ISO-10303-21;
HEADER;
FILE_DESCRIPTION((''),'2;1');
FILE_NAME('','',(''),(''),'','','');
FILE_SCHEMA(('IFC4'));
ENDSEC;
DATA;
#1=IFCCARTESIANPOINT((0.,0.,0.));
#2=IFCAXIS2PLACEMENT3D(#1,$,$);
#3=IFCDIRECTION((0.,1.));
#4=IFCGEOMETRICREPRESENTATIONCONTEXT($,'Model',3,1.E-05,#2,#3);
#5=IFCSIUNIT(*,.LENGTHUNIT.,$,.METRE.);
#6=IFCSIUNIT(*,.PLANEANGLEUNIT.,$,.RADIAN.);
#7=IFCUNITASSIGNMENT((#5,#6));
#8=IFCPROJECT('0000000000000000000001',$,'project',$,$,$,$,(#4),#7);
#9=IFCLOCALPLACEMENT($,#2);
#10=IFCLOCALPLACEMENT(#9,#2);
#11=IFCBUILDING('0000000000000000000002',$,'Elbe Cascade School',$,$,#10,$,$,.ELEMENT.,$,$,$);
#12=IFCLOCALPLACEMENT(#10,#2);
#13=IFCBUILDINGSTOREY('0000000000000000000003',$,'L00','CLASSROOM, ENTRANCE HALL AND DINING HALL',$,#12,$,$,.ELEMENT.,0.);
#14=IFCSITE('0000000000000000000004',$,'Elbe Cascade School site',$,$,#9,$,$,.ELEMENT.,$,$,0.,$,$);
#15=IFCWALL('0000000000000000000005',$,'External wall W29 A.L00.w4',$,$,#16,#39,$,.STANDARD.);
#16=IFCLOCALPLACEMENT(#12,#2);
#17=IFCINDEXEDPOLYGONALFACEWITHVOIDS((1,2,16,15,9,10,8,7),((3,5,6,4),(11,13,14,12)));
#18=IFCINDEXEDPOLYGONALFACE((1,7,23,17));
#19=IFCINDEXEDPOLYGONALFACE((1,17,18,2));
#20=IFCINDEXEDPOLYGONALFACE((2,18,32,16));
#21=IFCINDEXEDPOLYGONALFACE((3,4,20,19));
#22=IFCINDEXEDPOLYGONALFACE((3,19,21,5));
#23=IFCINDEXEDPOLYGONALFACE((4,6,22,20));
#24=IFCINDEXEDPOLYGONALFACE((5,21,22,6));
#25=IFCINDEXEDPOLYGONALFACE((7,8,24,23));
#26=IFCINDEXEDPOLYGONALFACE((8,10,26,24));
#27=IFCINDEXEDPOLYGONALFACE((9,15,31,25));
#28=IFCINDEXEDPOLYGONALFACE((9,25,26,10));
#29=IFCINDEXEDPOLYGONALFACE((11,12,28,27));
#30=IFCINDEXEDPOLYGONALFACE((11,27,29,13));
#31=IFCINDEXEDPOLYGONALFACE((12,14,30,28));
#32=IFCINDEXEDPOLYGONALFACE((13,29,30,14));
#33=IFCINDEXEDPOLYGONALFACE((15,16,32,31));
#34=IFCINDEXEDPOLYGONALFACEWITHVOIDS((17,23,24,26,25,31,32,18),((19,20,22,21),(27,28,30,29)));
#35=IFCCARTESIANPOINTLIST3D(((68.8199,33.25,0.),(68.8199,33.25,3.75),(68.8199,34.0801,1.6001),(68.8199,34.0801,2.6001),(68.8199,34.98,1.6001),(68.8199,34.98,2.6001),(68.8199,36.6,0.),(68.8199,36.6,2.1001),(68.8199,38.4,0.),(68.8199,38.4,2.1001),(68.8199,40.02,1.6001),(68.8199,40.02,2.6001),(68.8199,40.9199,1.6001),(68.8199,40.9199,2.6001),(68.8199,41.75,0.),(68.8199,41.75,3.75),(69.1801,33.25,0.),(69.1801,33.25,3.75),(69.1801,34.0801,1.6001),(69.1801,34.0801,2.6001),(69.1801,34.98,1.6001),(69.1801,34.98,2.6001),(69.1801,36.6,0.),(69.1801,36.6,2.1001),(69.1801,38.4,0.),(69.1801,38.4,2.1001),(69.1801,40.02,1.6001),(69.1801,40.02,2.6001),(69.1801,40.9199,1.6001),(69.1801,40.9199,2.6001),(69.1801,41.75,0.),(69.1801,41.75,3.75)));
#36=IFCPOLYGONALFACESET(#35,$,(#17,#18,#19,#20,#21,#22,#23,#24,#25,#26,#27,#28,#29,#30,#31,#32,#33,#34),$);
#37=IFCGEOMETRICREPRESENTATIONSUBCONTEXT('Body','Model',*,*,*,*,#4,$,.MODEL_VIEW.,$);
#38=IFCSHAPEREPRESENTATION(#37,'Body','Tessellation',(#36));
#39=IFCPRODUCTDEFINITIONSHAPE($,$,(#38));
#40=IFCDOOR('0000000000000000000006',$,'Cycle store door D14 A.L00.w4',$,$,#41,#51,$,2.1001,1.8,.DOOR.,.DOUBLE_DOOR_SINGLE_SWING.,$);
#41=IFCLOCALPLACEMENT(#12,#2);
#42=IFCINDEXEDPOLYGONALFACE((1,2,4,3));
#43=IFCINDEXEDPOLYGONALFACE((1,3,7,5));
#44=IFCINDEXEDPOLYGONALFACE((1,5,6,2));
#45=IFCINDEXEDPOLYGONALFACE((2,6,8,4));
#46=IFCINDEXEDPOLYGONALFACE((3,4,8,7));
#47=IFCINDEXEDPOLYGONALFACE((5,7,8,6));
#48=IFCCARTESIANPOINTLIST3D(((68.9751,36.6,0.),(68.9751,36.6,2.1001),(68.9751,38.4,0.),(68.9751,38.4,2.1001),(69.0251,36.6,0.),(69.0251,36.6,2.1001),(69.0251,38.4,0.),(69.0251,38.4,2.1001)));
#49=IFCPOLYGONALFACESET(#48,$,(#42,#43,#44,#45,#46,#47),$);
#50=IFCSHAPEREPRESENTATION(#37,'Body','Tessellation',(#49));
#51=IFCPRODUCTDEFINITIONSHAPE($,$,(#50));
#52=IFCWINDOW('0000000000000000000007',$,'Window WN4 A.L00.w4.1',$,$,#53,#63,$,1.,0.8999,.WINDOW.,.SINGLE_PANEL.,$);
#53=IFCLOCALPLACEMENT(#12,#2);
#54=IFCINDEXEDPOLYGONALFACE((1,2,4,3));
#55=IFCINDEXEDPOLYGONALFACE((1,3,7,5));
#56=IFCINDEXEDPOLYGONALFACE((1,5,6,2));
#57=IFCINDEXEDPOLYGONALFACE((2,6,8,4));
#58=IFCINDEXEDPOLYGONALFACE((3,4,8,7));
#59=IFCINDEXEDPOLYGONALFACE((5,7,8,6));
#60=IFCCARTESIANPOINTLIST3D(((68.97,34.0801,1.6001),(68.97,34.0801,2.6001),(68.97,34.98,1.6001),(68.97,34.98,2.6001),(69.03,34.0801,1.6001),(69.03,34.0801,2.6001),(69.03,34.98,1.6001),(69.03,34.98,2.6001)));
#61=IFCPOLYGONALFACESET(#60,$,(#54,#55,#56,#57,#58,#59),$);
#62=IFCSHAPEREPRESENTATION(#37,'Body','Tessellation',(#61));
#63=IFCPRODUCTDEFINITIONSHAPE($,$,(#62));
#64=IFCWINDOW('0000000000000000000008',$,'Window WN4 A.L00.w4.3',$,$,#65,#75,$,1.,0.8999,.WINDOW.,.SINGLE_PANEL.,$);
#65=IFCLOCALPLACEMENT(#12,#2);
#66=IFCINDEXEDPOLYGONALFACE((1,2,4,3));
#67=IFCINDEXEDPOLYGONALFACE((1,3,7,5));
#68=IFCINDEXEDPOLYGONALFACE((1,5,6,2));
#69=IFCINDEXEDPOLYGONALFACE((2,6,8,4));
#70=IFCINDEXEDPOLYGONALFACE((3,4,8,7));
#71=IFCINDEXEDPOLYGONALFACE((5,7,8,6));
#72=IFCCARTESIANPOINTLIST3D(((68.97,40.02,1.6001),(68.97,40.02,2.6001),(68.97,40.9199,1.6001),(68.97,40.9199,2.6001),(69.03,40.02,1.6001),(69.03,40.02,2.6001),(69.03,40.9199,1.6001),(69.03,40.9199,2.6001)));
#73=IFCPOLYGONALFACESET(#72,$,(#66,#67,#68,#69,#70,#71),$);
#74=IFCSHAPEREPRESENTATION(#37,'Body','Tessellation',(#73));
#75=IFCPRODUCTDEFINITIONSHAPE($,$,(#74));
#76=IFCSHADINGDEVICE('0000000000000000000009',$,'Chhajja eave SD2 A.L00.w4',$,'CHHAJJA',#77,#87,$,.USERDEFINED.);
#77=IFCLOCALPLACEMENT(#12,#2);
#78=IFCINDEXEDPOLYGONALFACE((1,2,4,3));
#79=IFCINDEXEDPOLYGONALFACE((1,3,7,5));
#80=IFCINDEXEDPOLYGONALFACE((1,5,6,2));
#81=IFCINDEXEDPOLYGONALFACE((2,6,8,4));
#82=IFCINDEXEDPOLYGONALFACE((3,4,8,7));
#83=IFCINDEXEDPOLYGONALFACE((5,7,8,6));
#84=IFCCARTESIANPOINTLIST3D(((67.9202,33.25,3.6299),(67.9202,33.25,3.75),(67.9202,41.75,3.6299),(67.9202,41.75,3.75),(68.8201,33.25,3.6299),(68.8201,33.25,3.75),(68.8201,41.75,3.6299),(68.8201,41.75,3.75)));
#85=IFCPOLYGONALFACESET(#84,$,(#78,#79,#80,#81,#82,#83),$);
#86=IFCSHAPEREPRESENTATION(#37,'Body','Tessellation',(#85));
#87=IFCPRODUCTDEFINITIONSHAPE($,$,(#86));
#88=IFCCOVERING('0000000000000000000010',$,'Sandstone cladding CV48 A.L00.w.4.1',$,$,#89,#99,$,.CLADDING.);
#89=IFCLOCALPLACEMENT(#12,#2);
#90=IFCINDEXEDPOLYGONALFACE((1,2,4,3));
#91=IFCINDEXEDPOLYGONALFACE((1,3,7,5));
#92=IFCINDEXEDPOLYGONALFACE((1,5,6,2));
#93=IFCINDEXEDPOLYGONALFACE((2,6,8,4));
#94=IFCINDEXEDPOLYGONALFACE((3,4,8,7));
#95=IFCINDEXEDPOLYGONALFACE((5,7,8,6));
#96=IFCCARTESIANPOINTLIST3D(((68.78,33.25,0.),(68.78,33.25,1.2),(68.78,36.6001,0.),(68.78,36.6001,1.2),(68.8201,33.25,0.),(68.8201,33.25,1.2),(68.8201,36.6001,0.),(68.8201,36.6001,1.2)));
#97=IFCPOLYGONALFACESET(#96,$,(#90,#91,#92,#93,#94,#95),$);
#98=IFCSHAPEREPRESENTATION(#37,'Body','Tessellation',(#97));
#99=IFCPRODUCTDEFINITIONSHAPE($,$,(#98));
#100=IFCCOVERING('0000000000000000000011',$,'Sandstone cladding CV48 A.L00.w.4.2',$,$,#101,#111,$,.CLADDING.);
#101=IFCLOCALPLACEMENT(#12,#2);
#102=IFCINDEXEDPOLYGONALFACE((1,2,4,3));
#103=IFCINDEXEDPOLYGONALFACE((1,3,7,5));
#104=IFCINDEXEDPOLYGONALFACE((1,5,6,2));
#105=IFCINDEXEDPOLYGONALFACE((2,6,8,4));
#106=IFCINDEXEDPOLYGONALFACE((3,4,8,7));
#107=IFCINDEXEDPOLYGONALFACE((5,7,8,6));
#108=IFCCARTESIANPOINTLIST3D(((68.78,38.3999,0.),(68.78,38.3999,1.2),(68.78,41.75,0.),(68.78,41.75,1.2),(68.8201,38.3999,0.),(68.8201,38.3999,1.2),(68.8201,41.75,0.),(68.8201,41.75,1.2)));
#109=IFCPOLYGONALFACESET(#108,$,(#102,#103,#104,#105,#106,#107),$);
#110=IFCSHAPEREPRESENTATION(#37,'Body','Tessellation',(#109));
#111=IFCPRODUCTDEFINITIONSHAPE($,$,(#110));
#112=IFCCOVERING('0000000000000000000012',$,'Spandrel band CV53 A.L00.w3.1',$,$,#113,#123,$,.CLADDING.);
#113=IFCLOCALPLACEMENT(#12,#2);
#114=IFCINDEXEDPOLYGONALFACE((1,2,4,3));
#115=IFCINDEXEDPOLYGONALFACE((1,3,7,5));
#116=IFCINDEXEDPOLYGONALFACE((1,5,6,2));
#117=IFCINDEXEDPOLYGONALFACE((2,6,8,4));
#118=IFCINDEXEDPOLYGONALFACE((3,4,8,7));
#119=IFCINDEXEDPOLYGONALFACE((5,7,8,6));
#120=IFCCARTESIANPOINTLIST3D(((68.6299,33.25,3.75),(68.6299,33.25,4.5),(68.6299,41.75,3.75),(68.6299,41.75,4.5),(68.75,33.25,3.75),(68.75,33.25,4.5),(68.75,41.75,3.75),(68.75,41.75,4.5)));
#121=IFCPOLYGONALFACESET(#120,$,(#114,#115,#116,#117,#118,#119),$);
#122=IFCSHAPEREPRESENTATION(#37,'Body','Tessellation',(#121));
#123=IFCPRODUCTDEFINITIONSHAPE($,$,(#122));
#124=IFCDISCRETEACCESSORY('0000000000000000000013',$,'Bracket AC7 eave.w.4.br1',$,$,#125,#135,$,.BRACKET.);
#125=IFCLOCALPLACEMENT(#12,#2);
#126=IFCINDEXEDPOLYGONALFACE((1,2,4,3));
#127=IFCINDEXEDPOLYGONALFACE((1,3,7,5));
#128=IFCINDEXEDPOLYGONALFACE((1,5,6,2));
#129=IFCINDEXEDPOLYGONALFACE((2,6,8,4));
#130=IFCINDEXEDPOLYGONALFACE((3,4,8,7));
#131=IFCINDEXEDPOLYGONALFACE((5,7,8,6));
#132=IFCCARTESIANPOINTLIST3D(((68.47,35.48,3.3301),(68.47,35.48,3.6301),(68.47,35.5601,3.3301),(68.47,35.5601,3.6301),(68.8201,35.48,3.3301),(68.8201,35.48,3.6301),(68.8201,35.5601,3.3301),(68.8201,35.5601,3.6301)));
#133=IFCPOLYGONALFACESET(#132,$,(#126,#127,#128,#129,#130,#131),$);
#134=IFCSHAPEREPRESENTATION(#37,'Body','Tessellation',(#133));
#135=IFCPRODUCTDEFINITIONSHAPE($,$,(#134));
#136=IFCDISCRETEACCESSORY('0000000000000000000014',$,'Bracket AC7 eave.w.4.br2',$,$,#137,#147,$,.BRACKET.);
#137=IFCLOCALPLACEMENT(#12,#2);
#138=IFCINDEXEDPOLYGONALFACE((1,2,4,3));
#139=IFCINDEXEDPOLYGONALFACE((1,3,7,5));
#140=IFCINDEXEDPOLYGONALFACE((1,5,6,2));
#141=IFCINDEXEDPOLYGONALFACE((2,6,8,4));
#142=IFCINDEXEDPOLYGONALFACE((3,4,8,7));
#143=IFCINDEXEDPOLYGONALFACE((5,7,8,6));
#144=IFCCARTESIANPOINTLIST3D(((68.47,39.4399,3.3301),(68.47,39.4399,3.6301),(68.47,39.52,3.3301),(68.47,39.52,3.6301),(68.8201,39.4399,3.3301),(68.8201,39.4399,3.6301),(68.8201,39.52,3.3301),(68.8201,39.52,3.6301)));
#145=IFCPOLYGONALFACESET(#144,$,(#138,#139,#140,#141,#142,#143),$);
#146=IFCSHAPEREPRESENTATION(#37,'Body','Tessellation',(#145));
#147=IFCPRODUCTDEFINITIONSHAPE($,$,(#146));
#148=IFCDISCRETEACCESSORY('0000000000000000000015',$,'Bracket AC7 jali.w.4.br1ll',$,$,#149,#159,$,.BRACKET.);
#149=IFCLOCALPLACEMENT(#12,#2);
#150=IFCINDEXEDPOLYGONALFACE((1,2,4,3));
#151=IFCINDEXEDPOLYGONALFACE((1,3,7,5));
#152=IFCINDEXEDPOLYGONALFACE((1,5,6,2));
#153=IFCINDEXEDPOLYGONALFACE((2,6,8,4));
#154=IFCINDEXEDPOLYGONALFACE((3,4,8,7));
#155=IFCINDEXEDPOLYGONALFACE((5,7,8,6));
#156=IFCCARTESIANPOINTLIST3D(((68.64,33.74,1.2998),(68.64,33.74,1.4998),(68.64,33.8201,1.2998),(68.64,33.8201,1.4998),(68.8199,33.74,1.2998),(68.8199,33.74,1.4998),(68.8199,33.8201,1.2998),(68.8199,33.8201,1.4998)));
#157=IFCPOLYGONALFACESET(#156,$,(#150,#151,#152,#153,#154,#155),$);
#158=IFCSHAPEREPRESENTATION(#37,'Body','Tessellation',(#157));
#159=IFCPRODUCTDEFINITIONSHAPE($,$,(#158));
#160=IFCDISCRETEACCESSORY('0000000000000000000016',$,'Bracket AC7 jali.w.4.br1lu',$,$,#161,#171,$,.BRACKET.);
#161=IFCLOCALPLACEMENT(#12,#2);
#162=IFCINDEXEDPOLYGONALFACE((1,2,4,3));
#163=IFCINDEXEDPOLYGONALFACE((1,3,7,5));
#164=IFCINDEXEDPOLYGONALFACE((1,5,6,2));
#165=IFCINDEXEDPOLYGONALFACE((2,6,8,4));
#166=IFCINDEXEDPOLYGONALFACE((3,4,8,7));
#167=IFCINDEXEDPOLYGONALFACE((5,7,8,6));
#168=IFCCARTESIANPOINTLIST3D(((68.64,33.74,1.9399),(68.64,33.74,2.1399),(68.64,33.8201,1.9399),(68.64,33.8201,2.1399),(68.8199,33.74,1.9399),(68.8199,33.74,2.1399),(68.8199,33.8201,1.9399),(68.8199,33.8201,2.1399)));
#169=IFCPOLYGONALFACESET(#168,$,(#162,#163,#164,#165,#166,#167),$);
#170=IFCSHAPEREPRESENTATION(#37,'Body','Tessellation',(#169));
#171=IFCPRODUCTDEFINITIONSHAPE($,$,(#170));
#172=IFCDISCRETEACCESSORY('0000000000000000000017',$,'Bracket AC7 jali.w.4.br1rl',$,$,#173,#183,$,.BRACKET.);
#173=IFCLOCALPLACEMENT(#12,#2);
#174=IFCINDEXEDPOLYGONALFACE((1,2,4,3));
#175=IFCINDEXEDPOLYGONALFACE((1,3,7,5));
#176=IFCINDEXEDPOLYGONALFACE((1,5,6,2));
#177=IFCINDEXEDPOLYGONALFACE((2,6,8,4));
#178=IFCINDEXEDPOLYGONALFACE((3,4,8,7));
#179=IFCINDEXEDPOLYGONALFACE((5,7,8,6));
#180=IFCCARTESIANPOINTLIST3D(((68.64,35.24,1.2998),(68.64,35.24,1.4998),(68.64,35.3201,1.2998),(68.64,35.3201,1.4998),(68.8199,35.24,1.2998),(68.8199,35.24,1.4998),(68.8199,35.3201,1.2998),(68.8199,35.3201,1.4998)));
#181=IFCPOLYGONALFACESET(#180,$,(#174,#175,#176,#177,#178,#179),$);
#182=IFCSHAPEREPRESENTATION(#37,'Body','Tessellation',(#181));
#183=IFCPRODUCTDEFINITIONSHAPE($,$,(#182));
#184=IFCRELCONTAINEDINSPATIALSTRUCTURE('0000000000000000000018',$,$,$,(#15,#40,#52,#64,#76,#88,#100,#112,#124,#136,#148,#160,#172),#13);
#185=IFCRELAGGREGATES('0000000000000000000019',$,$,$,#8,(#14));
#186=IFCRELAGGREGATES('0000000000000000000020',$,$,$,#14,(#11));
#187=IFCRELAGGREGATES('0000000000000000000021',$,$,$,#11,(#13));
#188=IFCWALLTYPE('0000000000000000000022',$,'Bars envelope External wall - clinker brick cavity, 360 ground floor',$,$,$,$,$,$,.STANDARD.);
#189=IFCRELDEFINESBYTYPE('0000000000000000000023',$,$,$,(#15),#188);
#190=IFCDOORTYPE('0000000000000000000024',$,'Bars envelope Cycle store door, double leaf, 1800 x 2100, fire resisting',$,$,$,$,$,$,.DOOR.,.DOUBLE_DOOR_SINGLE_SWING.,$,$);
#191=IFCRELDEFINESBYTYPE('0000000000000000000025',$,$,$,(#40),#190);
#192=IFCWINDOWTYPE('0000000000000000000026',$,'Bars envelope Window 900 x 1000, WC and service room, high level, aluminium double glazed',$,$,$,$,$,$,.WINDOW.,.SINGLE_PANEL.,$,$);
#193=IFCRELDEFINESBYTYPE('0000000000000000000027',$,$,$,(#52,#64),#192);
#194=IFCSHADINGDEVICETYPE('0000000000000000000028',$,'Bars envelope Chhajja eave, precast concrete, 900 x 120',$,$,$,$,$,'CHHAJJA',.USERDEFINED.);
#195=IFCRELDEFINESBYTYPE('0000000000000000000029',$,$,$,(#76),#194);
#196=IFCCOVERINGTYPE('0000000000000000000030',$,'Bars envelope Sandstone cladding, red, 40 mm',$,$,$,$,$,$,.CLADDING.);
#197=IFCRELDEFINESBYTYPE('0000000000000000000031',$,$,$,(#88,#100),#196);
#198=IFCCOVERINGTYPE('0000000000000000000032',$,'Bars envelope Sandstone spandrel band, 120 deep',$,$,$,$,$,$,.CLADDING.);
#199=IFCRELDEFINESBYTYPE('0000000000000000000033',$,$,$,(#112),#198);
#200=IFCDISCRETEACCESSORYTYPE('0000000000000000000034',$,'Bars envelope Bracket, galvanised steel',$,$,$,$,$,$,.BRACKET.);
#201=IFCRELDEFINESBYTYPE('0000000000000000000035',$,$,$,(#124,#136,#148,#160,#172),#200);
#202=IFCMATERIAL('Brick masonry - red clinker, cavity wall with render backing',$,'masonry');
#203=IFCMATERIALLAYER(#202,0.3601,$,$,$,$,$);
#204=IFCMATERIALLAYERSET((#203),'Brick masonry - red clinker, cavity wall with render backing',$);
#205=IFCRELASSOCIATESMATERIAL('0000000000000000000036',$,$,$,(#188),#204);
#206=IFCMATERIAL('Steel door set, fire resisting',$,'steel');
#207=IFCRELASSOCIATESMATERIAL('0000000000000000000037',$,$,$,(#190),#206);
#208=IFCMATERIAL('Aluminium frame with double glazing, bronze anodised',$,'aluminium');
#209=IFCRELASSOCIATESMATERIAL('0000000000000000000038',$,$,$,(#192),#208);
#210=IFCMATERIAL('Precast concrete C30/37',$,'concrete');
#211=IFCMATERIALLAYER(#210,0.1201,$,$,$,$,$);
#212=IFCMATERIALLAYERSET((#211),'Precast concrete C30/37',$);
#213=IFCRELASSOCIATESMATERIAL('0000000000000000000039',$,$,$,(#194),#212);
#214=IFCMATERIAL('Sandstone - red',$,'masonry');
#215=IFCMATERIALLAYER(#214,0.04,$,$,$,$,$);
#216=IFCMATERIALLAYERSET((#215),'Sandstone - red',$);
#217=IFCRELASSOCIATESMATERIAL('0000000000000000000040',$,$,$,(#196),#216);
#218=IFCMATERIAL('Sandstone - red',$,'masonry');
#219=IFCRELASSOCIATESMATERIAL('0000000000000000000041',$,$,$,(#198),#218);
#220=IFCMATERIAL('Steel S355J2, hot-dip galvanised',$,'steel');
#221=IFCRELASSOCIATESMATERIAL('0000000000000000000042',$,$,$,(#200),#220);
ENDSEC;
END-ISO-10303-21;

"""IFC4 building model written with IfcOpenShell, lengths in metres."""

from ifc_helpers import new_model, si_unit, direction, frame, frame_2d, origin, origin_2d, place, context, subcontext, project, spatial, rectangle, extrude, material, layer, layer_set, type_object, element, fill, save


model = new_model("IFC4")

# Units and contexts
model_context = context("Model", 3, precision=1e-05, world=origin(), true_north=direction((0.0, 1.0)))
body_context = subcontext(model_context, "Body", "Model", "MODEL_VIEW")
ifc_project = project(units=[si_unit("LENGTHUNIT", "METRE"), si_unit("PLANEANGLEUNIT", "RADIAN")], contexts=[model_context])

# Site, building, storey
site_placement = place(None, origin())
site = spatial("IfcSite", under=ifc_project, at=site_placement, Name="Elbe Cascade School site", CompositionType="ELEMENT", RefElevation=0.0)
building_placement = place(site_placement, origin())
building = spatial("IfcBuilding", under=site, at=building_placement, Name="Elbe Cascade School", CompositionType="ELEMENT")
storey_placement = place(building_placement, origin())
storey = spatial("IfcBuildingStorey", under=building, at=storey_placement, Name="L00", Description="CLASSROOM, ENTRANCE HALL AND DINING HALL", CompositionType="ELEMENT", Elevation=0.0)

# Wall, openings, door, windows
ifc_material_1 = material(Name="Brick masonry - red clinker, cavity wall with render backing", Category="masonry")
ifc_layer_1 = layer(ifc_material_1, 0.3601)
ifc_layer_set_1 = layer_set([ifc_layer_1], Name="Brick masonry - red clinker, cavity wall with render backing")
wall_type = type_object("IfcWallType", Name="Bars envelope External wall - clinker brick cavity, 360 ground floor", PredefinedType="STANDARD", material=ifc_layer_set_1)
wall_placement = place(storey_placement, frame((69.0, 33.25, 0.0), z_axis=(0.0, 0.0, 1.0), x_axis=(0.0, 1.0, 0.0)))
wall = element("IfcWall", 1, at=wall_placement, inside=storey, type_object=wall_type, Name="External wall W29 A.L00.w4", PredefinedType="STANDARD", context=body_context, shape_type="SweptSolid", body=[
    extrude(rectangle(XDim=8.5, YDim=0.3601, at=frame_2d((4.25, 0.0))), origin(), (0.0, 0.0, 1.0), 3.75),
])
opening_1_placement = place(wall_placement, frame((0.8301, 0.0, 1.6001)))
opening_1 = element("IfcOpeningElement", 2, at=opening_1_placement, cuts=wall, PredefinedType="OPENING", context=body_context, shape_type="SweptSolid", body=[
    extrude(rectangle(XDim=0.8999, YDim=1.0, at=frame_2d((0.45, 0.5))), frame((0.0, 0.1899, 0.0), z_axis=(0.0, -1.0, 0.0), x_axis=(1.0, 0.0, 0.0)), (0.0, 0.0, 1.0), 0.3801),
])
opening_2_placement = place(wall_placement, frame((3.3501, 0.0, 0.0)))
opening_2 = element("IfcOpeningElement", 3, at=opening_2_placement, cuts=wall, PredefinedType="OPENING", context=body_context, shape_type="SweptSolid", body=[
    extrude(rectangle(XDim=1.8, YDim=2.1001, at=frame_2d((0.8999, 1.05))), frame((0.0, 0.1899, 0.0), z_axis=(0.0, -1.0, 0.0), x_axis=(1.0, 0.0, 0.0)), (0.0, 0.0, 1.0), 0.3801),
])
opening_3_placement = place(wall_placement, frame((6.77, 0.0, 1.6001)))
opening_3 = element("IfcOpeningElement", 4, at=opening_3_placement, cuts=wall, PredefinedType="OPENING", context=body_context, shape_type="SweptSolid", body=[
    extrude(rectangle(XDim=0.8999, YDim=1.0, at=frame_2d((0.45, 0.5))), frame((0.0, 0.1899, 0.0), z_axis=(0.0, -1.0, 0.0), x_axis=(1.0, 0.0, 0.0)), (0.0, 0.0, 1.0), 0.3801),
])
ifc_material_2 = material(Name="Steel door set, fire resisting", Category="steel")
door_type = type_object("IfcDoorType", Name="Bars envelope Cycle store door, double leaf, 1800 x 2100, fire resisting", OperationType="DOUBLE_DOOR_SINGLE_SWING", PredefinedType="DOOR", material=ifc_material_2)
door_placement = place(opening_2_placement, origin())
door = element("IfcDoor", 5, at=door_placement, inside=storey, type_object=door_type, Name="Cycle store door D14 A.L00.w4", OperationType="DOUBLE_DOOR_SINGLE_SWING", OverallHeight=2.1001, OverallWidth=1.8, PredefinedType="DOOR", context=body_context, shape_type="SweptSolid", body=[
    extrude(rectangle(XDim=1.8, YDim=2.1001, at=frame_2d((0.8999, 1.05))), frame((0.0, 0.0249, 0.0), z_axis=(0.0, -1.0, 0.0), x_axis=(1.0, 0.0, 0.0)), (0.0, 0.0, 1.0), 0.05),
])
fill(opening_2, door)
ifc_material_3 = material(Name="Aluminium frame with double glazing, bronze anodised", Category="aluminium")
window_type = type_object("IfcWindowType", Name="Bars envelope Window 900 x 1000, WC and service room, high level, aluminium double glazed", PartitioningType="SINGLE_PANEL", PredefinedType="WINDOW", material=ifc_material_3)
window_1_placement = place(opening_1_placement, origin())
window_1 = element("IfcWindow", 6, at=window_1_placement, inside=storey, type_object=window_type, Name="Window WN4 A.L00.w4.1", OverallHeight=1.0, OverallWidth=0.8999, PartitioningType="SINGLE_PANEL", PredefinedType="WINDOW", context=body_context, shape_type="SweptSolid", body=[
    extrude(rectangle(XDim=0.8999, YDim=1.0, at=frame_2d((0.45, 0.5))), frame((0.0, 0.03, 0.0), z_axis=(0.0, -1.0, 0.0), x_axis=(1.0, 0.0, 0.0)), (0.0, 0.0, 1.0), 0.0601),
])
fill(opening_1, window_1)
window_2_placement = place(opening_3_placement, origin())
window_2 = element("IfcWindow", 7, at=window_2_placement, inside=storey, type_object=window_type, Name="Window WN4 A.L00.w4.3", OverallHeight=1.0, OverallWidth=0.8999, PartitioningType="SINGLE_PANEL", PredefinedType="WINDOW", context=body_context, shape_type="SweptSolid", body=[
    extrude(rectangle(XDim=0.8999, YDim=1.0, at=frame_2d((0.45, 0.5))), frame((0.0, 0.03, 0.0), z_axis=(0.0, -1.0, 0.0), x_axis=(1.0, 0.0, 0.0)), (0.0, 0.0, 1.0), 0.0601),
])
fill(opening_3, window_2)

# Shading device
ifc_material_4 = material(Name="Precast concrete C30/37", Category="concrete")
ifc_layer_2 = layer(ifc_material_4, 0.1201)
ifc_layer_set_2 = layer_set([ifc_layer_2], Name="Precast concrete C30/37")
shading_device_type_1 = type_object("IfcShadingDeviceType", Name="Bars envelope Chhajja eave, precast concrete, 900 x 120", ElementType="CHHAJJA", PredefinedType="USERDEFINED", material=ifc_layer_set_2)
shading_device_1_placement = place(storey_placement, frame((68.3701, 37.5, 3.6299), z_axis=(0.0, 0.0, 1.0), x_axis=(0.0, 1.0, 0.0)))
element("IfcShadingDevice", 8, at=shading_device_1_placement, inside=storey, type_object=shading_device_type_1, Name="Chhajja eave SD2 A.L00.w4", ObjectType="CHHAJJA", PredefinedType="USERDEFINED", context=body_context, shape_type="SweptSolid", body=[
    extrude(rectangle(XDim=8.5, YDim=0.8999, at=origin_2d()), origin(), (0.0, 0.0, 1.0), 0.1201),
])

# Coverings
ifc_material_5 = material(Name="Sandstone - red", Category="masonry")
ifc_layer_3 = layer(ifc_material_5, 0.04)
ifc_layer_set_3 = layer_set([ifc_layer_3], Name="Sandstone - red")
covering_type_1 = type_object("IfcCoveringType", Name="Bars envelope Sandstone cladding, red, 40 mm", PredefinedType="CLADDING", material=ifc_layer_set_3)
for number, where, z_axis, x_axis, name in (
    (9, (68.8, 34.925, 0.0), (0.0, 0.0, 1.0), (0.0, 1.0, 0.0), "Sandstone cladding CV48 A.L00.w.4.1"),
    (10, (68.8, 40.075, 0.0), (0.0, 0.0, 1.0), (0.0, 1.0, 0.0), "Sandstone cladding CV48 A.L00.w.4.2"),
):
    element("IfcCovering", number, at=place(storey_placement, frame(where, z_axis=z_axis, x_axis=x_axis)), inside=storey, type_object=covering_type_1, Name=name, PredefinedType="CLADDING", context=body_context, shape_type="SweptSolid", body=[
        extrude(rectangle(XDim=3.3501, YDim=0.04, at=origin_2d()), origin(), (0.0, 0.0, 1.0), 1.2),
    ])
ifc_material_6 = material(Name="Sandstone - red", Category="masonry")
covering_type_2 = type_object("IfcCoveringType", Name="Bars envelope Sandstone spandrel band, 120 deep", PredefinedType="CLADDING", material=ifc_material_6)
covering_placement = place(storey_placement, frame((68.6899, 37.5, 3.75), z_axis=(0.0, 0.0, 1.0), x_axis=(0.0, 1.0, 0.0)))
element("IfcCovering", 11, at=covering_placement, inside=storey, type_object=covering_type_2, Name="Spandrel band CV53 A.L00.w3.1", PredefinedType="CLADDING", context=body_context, shape_type="SweptSolid", body=[
    extrude(rectangle(XDim=8.5, YDim=0.1201, at=origin_2d()), origin(), (0.0, 0.0, 1.0), 0.75),
])

# Discrete accessories
ifc_material_7 = material(Name="Steel S355J2, hot-dip galvanised", Category="steel")
discrete_accessory_type = type_object("IfcDiscreteAccessoryType", Name="Bars envelope Bracket, galvanised steel", PredefinedType="BRACKET", material=ifc_material_7)
for number, where, z_axis, x_axis, name in (
    (12, (68.645, 35.52, 3.3301), (0.0, 0.0, 1.0), (0.0, 1.0, 0.0), "Bracket AC7 eave.w.4.br1"),
    (13, (68.645, 39.48, 3.3301), (0.0, 0.0, 1.0), (0.0, 1.0, 0.0), "Bracket AC7 eave.w.4.br2"),
):
    element("IfcDiscreteAccessory", number, at=place(storey_placement, frame(where, z_axis=z_axis, x_axis=x_axis)), inside=storey, type_object=discrete_accessory_type, Name=name, PredefinedType="BRACKET", context=body_context, shape_type="SweptSolid", body=[
        extrude(rectangle(XDim=0.0801, YDim=0.3501, at=origin_2d()), origin(), (0.0, 0.0, 1.0), 0.3),
    ])
for number, where, z_axis, x_axis, name in (
    (14, (68.73, 33.78, 1.2998), (0.0, 0.0, 1.0), (0.0, 1.0, 0.0), "Bracket AC7 jali.w.4.br1ll"),
    (15, (68.73, 33.78, 1.9399), (0.0, 0.0, 1.0), (0.0, 1.0, 0.0), "Bracket AC7 jali.w.4.br1lu"),
    (16, (68.73, 35.28, 1.2998), (0.0, 0.0, 1.0), (0.0, 1.0, 0.0), "Bracket AC7 jali.w.4.br1rl"),
):
    element("IfcDiscreteAccessory", number, at=place(storey_placement, frame(where, z_axis=z_axis, x_axis=x_axis)), inside=storey, type_object=discrete_accessory_type, Name=name, PredefinedType="BRACKET", context=body_context, shape_type="SweptSolid", body=[
        extrude(rectangle(XDim=0.0801, YDim=0.1799, at=origin_2d()), origin(), (0.0, 0.0, 1.0), 0.2),
    ])

save(model, "model.ifc")
